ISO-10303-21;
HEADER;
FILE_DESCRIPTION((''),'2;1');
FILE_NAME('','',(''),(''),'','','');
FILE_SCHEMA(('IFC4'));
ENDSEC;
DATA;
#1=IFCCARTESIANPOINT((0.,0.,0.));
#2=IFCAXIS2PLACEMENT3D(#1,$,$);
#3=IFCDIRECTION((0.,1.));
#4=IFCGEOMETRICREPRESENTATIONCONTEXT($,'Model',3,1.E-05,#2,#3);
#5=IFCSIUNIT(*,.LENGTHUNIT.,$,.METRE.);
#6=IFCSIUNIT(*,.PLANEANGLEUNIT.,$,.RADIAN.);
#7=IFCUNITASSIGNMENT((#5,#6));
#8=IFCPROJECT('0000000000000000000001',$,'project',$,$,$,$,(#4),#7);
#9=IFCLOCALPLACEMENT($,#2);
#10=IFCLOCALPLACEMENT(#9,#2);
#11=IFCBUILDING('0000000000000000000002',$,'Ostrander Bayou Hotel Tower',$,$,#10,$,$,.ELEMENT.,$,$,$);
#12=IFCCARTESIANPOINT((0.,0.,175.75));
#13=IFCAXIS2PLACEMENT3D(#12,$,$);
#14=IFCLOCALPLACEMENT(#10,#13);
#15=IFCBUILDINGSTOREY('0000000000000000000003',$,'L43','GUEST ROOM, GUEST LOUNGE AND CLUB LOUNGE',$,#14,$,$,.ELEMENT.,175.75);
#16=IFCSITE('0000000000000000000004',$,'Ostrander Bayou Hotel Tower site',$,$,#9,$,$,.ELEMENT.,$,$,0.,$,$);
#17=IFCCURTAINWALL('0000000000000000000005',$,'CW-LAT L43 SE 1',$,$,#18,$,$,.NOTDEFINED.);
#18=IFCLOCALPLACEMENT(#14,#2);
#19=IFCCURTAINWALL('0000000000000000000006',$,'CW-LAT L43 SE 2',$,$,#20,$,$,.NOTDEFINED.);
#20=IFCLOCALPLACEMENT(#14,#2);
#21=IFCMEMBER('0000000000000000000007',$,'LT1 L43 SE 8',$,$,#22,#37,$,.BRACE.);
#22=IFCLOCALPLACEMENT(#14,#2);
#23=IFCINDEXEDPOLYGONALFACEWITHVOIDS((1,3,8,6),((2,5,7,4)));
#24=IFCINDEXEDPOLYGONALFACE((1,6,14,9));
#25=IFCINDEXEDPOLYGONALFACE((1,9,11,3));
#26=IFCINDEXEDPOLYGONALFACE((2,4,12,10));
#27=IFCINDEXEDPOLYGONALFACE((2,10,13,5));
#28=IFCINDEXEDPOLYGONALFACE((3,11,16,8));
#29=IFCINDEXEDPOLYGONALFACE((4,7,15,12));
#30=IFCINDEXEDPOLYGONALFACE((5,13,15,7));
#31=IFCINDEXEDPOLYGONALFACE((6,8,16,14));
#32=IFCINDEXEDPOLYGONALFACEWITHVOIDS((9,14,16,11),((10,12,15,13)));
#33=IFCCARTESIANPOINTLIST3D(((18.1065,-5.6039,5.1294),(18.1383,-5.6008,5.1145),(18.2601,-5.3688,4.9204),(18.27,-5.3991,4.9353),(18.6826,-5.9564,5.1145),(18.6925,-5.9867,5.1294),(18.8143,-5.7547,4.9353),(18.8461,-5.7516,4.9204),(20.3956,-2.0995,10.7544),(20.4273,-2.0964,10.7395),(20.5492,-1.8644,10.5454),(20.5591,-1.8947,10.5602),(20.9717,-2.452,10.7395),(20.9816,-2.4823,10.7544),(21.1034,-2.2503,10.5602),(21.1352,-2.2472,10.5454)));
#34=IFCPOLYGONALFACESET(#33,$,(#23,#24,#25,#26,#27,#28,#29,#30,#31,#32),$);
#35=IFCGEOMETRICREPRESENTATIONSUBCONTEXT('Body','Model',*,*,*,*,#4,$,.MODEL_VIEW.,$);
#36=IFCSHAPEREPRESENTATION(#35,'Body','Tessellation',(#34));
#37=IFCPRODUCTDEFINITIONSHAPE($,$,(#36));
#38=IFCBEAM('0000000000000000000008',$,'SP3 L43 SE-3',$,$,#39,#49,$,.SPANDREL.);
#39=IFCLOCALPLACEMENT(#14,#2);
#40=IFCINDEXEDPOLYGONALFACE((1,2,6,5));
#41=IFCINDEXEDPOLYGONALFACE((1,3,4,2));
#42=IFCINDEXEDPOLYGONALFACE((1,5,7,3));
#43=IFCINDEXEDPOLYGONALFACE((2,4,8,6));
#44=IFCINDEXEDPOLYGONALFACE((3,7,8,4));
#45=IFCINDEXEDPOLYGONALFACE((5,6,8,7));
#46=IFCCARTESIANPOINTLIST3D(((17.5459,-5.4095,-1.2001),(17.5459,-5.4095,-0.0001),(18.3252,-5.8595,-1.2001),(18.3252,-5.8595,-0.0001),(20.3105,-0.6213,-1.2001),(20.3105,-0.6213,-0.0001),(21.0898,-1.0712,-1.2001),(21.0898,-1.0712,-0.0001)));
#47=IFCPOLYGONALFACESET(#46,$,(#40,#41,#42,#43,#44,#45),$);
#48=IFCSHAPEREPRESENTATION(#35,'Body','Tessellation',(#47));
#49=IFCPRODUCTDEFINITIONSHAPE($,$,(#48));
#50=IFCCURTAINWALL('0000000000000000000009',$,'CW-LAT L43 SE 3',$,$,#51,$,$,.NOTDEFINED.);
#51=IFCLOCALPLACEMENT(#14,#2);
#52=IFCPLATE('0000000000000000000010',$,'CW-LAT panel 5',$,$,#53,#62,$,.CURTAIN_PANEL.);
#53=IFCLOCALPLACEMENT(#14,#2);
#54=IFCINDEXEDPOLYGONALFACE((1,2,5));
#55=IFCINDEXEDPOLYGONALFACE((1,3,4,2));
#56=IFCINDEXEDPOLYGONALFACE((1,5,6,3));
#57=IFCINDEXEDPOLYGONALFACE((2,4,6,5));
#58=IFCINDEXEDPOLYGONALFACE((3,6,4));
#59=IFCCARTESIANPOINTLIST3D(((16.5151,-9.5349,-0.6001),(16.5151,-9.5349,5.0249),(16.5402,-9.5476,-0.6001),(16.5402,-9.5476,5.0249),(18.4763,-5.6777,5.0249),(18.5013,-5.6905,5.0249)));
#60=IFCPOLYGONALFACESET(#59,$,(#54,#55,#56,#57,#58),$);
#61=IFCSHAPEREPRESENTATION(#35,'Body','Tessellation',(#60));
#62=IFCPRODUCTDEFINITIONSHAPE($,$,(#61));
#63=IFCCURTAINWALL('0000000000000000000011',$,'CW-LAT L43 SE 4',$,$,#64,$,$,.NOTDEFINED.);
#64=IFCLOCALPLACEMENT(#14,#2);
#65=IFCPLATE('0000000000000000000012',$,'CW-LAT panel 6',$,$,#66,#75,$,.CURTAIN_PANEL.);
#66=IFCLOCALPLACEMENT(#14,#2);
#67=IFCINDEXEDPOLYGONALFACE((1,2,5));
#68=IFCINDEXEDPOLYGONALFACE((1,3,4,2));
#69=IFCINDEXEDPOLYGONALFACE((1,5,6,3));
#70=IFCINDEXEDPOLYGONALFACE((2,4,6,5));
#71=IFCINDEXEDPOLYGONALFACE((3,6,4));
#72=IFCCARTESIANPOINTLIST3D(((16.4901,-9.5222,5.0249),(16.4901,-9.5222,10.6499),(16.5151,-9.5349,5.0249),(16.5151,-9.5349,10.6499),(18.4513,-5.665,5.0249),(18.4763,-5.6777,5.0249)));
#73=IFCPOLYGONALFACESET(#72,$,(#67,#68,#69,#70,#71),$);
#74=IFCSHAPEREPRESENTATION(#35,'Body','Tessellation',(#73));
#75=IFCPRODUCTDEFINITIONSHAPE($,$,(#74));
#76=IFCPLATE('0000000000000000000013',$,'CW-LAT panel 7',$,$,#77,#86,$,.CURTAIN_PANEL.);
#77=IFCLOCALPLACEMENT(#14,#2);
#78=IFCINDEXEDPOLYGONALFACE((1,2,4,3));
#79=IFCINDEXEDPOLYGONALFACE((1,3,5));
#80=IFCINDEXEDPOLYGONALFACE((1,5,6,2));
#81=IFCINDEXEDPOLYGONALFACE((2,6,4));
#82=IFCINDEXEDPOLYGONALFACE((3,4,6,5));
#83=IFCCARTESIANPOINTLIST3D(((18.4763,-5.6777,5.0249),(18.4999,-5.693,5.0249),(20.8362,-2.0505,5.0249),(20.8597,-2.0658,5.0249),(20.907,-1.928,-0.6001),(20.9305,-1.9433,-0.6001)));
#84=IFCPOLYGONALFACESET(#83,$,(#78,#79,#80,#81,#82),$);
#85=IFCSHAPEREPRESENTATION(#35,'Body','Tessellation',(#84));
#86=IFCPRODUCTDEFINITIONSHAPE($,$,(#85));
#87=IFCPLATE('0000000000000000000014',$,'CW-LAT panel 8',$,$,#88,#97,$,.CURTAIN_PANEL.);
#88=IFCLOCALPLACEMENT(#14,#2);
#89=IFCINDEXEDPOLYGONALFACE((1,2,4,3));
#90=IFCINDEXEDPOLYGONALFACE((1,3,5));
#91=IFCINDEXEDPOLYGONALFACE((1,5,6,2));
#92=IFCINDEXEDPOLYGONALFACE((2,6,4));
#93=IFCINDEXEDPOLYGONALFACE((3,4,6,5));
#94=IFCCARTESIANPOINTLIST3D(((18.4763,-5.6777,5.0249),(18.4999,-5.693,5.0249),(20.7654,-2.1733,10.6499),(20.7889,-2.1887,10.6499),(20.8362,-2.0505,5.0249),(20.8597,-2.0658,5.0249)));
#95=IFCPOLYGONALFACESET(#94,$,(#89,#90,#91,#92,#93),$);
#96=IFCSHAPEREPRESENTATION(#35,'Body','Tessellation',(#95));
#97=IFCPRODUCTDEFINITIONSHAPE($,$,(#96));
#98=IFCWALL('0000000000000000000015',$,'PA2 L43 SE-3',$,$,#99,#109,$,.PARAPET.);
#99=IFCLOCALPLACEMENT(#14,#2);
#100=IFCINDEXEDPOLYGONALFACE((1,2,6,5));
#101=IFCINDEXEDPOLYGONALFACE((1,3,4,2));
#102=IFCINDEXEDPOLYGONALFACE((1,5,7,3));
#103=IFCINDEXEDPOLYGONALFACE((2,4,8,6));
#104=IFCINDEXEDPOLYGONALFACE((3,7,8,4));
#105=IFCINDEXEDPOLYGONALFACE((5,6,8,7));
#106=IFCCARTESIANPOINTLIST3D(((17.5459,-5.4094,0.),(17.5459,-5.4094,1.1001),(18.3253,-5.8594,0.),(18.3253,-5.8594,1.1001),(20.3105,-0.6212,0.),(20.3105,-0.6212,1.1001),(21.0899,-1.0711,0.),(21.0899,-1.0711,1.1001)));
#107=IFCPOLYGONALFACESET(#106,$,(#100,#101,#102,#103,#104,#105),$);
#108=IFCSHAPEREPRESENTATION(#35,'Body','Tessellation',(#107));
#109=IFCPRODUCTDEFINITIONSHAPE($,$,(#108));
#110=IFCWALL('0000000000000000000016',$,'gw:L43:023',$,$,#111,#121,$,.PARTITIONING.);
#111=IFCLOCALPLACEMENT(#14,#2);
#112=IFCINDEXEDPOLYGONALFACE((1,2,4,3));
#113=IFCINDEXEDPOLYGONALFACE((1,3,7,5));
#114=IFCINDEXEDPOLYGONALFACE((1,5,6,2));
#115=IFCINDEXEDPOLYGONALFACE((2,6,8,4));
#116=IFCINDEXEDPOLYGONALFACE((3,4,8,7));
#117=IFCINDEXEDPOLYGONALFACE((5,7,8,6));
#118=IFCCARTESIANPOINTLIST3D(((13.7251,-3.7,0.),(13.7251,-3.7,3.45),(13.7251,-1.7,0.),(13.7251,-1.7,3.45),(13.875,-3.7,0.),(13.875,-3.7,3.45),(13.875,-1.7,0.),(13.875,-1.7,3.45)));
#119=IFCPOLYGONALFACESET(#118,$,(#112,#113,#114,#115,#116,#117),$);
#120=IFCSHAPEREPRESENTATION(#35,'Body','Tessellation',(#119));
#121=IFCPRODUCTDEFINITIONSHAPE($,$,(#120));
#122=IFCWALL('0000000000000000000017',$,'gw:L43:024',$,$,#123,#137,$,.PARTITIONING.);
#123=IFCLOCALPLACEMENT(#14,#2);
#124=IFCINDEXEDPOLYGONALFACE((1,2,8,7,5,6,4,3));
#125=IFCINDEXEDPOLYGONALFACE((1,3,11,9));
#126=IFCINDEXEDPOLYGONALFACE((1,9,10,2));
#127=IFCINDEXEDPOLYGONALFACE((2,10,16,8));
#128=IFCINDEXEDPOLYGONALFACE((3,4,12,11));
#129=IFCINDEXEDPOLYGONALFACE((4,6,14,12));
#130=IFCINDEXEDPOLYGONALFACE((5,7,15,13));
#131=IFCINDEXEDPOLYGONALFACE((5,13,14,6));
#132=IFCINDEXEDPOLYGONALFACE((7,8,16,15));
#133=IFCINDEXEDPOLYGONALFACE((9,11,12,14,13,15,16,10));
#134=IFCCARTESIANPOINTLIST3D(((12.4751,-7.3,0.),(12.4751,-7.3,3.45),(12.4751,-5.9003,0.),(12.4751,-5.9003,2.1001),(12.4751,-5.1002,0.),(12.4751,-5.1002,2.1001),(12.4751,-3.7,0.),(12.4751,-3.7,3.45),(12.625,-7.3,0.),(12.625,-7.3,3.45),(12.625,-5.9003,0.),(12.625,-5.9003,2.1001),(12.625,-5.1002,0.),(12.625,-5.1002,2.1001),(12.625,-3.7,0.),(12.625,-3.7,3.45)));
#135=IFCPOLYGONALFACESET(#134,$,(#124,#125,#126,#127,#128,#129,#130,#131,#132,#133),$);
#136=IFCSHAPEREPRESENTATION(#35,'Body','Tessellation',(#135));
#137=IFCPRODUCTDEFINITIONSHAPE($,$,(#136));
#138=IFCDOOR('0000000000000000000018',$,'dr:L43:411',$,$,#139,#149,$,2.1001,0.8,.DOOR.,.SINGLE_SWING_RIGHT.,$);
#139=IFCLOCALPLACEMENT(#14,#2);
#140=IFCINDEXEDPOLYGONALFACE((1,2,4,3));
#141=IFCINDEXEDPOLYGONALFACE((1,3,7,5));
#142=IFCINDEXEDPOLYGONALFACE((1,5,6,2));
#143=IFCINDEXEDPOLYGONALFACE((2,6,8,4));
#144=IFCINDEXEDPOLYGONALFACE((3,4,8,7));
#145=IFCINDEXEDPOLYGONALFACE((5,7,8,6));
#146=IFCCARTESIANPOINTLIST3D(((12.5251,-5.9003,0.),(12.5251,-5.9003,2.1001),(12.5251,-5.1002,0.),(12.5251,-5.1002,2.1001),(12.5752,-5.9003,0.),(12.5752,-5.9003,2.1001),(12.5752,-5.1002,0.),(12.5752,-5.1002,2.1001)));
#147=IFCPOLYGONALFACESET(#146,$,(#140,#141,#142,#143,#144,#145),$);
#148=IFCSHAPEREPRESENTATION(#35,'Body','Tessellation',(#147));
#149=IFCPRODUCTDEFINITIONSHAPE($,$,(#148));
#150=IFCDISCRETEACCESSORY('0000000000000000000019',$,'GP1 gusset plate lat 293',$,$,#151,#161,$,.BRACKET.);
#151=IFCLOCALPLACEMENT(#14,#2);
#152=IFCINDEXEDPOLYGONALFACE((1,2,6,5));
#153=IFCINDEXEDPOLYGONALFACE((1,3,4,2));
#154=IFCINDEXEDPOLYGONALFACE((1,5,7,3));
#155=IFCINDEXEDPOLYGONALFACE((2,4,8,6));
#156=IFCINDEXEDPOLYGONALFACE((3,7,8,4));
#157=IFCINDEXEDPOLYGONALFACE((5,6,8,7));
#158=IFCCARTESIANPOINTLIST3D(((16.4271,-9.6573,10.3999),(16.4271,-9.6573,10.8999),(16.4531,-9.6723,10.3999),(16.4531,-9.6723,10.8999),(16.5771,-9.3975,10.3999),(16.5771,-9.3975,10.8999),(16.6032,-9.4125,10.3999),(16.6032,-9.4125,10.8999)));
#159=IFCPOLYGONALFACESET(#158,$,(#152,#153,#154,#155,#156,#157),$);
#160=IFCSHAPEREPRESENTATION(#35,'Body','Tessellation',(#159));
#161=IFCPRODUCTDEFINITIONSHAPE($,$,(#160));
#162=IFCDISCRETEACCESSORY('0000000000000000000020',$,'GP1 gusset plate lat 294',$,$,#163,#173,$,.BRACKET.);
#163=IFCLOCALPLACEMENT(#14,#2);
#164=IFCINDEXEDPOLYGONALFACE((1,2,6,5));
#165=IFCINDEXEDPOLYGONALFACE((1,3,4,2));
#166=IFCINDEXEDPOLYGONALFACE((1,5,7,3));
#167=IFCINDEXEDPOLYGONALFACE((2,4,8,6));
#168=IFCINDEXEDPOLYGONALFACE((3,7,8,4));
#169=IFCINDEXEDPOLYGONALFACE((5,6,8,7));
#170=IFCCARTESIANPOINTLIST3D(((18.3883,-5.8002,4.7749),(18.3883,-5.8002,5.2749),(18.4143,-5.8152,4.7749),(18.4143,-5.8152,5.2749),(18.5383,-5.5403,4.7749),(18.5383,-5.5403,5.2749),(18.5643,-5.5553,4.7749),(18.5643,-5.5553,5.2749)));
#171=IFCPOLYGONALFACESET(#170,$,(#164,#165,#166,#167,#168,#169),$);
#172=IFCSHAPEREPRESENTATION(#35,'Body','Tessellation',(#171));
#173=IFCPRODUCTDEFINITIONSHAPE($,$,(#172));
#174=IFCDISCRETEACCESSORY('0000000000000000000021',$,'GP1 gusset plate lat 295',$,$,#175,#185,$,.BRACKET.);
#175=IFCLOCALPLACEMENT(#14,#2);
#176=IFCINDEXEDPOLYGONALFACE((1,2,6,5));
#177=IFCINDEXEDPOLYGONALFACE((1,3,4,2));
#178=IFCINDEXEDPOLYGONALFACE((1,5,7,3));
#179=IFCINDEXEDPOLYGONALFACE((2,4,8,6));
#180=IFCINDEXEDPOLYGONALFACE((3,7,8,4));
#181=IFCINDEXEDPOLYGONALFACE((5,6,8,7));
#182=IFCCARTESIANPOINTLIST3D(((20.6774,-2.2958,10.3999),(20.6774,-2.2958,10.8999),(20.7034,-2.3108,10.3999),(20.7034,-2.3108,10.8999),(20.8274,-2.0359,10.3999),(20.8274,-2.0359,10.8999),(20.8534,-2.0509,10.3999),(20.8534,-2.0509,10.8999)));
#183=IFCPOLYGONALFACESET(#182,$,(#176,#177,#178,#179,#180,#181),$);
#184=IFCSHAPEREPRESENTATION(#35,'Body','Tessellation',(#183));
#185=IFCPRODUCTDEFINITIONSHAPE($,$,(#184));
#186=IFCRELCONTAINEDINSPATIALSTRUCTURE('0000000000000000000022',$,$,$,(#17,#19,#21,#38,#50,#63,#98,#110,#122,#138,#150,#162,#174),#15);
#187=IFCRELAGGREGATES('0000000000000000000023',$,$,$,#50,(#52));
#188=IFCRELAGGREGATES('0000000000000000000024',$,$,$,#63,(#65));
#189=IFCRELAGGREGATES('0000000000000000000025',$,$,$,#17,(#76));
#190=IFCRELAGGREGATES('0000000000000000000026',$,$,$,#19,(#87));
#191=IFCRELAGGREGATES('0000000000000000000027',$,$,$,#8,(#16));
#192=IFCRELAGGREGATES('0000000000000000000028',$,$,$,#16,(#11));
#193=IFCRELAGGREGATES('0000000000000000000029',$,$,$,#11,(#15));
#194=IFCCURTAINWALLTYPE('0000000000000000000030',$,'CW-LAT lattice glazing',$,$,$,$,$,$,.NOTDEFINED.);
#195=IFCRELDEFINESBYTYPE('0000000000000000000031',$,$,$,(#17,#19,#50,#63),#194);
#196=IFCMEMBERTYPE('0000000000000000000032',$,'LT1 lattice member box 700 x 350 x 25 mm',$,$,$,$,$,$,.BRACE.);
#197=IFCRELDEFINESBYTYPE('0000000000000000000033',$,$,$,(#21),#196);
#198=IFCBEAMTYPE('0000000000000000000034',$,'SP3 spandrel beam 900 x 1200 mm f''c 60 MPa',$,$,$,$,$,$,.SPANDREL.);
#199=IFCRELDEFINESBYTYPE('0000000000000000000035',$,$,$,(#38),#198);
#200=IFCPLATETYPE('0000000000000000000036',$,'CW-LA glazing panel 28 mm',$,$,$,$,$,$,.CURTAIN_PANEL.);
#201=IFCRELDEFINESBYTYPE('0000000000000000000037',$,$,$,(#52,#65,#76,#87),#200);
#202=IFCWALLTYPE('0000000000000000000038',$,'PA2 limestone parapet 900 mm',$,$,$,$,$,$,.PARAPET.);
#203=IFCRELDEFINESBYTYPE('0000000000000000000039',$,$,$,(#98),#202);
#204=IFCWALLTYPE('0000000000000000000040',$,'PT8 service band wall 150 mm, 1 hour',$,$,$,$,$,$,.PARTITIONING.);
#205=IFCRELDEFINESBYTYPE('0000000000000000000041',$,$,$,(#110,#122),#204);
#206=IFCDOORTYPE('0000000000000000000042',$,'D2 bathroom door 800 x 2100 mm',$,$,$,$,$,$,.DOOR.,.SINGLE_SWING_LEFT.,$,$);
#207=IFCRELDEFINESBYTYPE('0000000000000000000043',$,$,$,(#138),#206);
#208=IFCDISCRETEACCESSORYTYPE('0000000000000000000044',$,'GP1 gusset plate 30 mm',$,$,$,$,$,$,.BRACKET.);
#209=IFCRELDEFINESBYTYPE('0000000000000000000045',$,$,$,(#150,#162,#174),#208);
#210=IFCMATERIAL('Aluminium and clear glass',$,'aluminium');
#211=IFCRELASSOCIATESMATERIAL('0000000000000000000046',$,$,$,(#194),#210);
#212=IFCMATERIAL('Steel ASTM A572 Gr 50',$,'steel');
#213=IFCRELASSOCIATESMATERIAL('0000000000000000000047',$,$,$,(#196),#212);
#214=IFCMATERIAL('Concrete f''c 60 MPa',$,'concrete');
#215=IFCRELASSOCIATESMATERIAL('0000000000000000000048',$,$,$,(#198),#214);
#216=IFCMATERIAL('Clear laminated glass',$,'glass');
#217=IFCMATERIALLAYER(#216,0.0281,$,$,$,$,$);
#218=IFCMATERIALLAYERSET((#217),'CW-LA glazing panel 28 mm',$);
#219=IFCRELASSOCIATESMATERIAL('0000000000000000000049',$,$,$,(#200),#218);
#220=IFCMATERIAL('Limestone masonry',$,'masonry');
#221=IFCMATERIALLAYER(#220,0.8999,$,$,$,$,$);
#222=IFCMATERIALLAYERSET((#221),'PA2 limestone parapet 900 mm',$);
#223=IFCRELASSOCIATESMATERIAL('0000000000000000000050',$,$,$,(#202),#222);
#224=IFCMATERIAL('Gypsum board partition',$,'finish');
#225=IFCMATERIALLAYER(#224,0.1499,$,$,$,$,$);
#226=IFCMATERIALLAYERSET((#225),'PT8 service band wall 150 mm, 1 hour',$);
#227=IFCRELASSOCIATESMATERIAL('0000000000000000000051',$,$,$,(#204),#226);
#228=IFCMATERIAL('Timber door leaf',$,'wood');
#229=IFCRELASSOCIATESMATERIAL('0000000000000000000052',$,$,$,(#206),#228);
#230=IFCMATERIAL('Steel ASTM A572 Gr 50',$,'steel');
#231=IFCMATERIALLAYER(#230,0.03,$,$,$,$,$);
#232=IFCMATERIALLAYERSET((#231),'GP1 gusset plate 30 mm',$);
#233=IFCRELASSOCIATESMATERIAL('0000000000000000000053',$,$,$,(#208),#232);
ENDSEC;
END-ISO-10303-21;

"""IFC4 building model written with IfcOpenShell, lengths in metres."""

from ifc_helpers import new_model, si_unit, direction, frame, frame_2d, origin, origin_2d, place, context, subcontext, project, spatial, polyline, rectangle, hollow_rectangle, outline, extrude, material, layer, layer_set, material_profile, profile_set, type_object, element, fill, aggregate, save


model = new_model("IFC4")

# Units and contexts
model_context = context("Model", 3, precision=1e-05, world=origin(), true_north=direction((0.0, 1.0)))
body_context = subcontext(model_context, "Body", "Model", "MODEL_VIEW")
ifc_project = project(units=[si_unit("LENGTHUNIT", "METRE"), si_unit("PLANEANGLEUNIT", "RADIAN")], contexts=[model_context])

# Site, building, storey
site_placement = place(None, origin())
site = spatial("IfcSite", under=ifc_project, at=site_placement, Name="Ostrander Bayou Hotel Tower site", CompositionType="ELEMENT", RefElevation=0.0)
building_placement = place(site_placement, origin())
building = spatial("IfcBuilding", under=site, at=building_placement, Name="Ostrander Bayou Hotel Tower", CompositionType="ELEMENT")
storey_placement = place(building_placement, frame((0.0, 0.0, 175.75)))
storey = spatial("IfcBuildingStorey", under=building, at=storey_placement, Name="L43", Description="GUEST ROOM, GUEST LOUNGE AND CLUB LOUNGE", CompositionType="ELEMENT", Elevation=175.75)

# Curtain walls
ifc_material_1 = material(Name="Aluminium and clear glass", Category="aluminium")
curtain_wall_type = type_object("IfcCurtainWallType", Name="CW-LAT lattice glazing", PredefinedType="NOTDEFINED", material=ifc_material_1)
curtain_wall_1_placement = place(storey_placement, origin())
curtain_wall_1 = element("IfcCurtainWall", 1, at=curtain_wall_1_placement, inside=storey, type_object=curtain_wall_type, Name="CW-LAT L43 SE 1", PredefinedType="NOTDEFINED")
curtain_wall_2_placement = place(storey_placement, origin())
curtain_wall_2 = element("IfcCurtainWall", 2, at=curtain_wall_2_placement, inside=storey, type_object=curtain_wall_type, Name="CW-LAT L43 SE 2", PredefinedType="NOTDEFINED")

# Member
ifc_material_2 = material(Name="Steel ASTM A572 Gr 50", Category="steel")
ifc_material_profile_1 = material_profile(ifc_material_2, hollow_rectangle(XDim=0.7, YDim=0.3501, WallThickness=0.0249, at=origin_2d()))
ifc_profile_set_1 = profile_set([ifc_material_profile_1], Name="Steel ASTM A572 Gr 50")
member_type_1 = type_object("IfcMemberType", Name="LT1 lattice member box 700 x 350 x 25 mm", PredefinedType="BRACE", material=ifc_profile_set_1)
member_1_placement = place(storey_placement, frame((18.4763, -5.6777, 5.0249), z_axis=(0.326472, 0.499806, 0.802253), x_axis=(-0.837218, 0.546869, 0.0)))
element("IfcMember", 3, at=member_1_placement, inside=storey, type_object=member_type_1, Name="LT1 L43 SE 8", PredefinedType="BRACE", context=body_context, shape_type="SweptSolid", body=[
    extrude(hollow_rectangle(XDim=0.7, YDim=0.3501, WallThickness=0.0249, at=origin_2d()), origin(), (0.0, 0.0, 1.0), 7.0115),
])

# Beam
ifc_material_3 = material(Name="Concrete f'c 60 MPa", Category="concrete")
ifc_material_profile_2 = material_profile(ifc_material_3, rectangle(XDim=0.8999, YDim=1.2, at=origin_2d()))
ifc_profile_set_2 = profile_set([ifc_material_profile_2], Name="Concrete f'c 60 MPa")
beam_type_1 = type_object("IfcBeamType", Name="SP3 spandrel beam 900 x 1200 mm f'c 60 MPa", PredefinedType="SPANDREL", material=ifc_profile_set_2)
beam_1_placement = place(storey_placement, frame((17.9355, -5.6345, -0.6001), z_axis=(0.500014, 0.866017, 0.0), x_axis=(-0.866017, 0.500014, 0.0)))
element("IfcBeam", 4, at=beam_1_placement, inside=storey, type_object=beam_type_1, Name="SP3 L43 SE-3", PredefinedType="SPANDREL", context=body_context, shape_type="SweptSolid", body=[
    extrude(rectangle(XDim=0.8999, YDim=1.2, at=origin_2d()), origin(), (0.0, 0.0, 1.0), 5.5291),
])

# Curtain walls, plates
curtain_wall_3_placement = place(storey_placement, origin())
curtain_wall_3 = element("IfcCurtainWall", 5, at=curtain_wall_3_placement, inside=storey, type_object=curtain_wall_type, Name="CW-LAT L43 SE 3", PredefinedType="NOTDEFINED")
ifc_material_4 = material(Name="Clear laminated glass", Category="glass")
ifc_layer_1 = layer(ifc_material_4, 0.0281)
ifc_layer_set_1 = layer_set([ifc_layer_1], Name="CW-LA glazing panel 28 mm")
plate_type = type_object("IfcPlateType", Name="CW-LA glazing panel 28 mm", PredefinedType="CURTAIN_PANEL", material=ifc_layer_set_1)
plate_1_placement = place(storey_placement, frame((18.4763, -5.6777, 5.0249), z_axis=(-0.891394, 0.453229, 0.0), x_axis=(-0.276347, -0.543509, -0.79261)))
plate_1 = element("IfcPlate", 6, at=plate_1_placement, type_object=plate_type, Name="CW-LAT panel 5", PredefinedType="CURTAIN_PANEL", context=body_context, shape_type="SweptSolid", body=[
    extrude(outline(polyline([(0.0, 0.0), (7.0968, 0.0), (2.6384, 3.4297), (0.0, 0.0)])), origin(), (0.0, 0.0, -1.0), 0.0281),
])
aggregate(curtain_wall_3, [plate_1])
curtain_wall_4_placement = place(storey_placement, origin())
curtain_wall_4 = element("IfcCurtainWall", 7, at=curtain_wall_4_placement, inside=storey, type_object=curtain_wall_type, Name="CW-LAT L43 SE 4", PredefinedType="NOTDEFINED")
plate_2_placement = place(storey_placement, frame((18.4763, -5.6777, 5.0249), z_axis=(0.891394, -0.453229, 0.0), x_axis=(-0.276347, -0.543509, 0.79261)))
plate_2 = element("IfcPlate", 8, at=plate_2_placement, type_object=plate_type, Name="CW-LAT panel 6", PredefinedType="CURTAIN_PANEL", context=body_context, shape_type="SweptSolid", body=[
    extrude(outline(polyline([(0.0, 0.0), (7.0968, 0.0), (2.6384, 3.4297), (0.0, 0.0)])), origin(), (0.0, 0.0, -1.0), 0.0281),
])
aggregate(curtain_wall_4, [plate_2])

# Plates
plate_3_placement = place(storey_placement, frame((18.4763, -5.6777, 5.0249), z_axis=(-0.838212, 0.545343, 0.001332), x_axis=(0.338346, 0.521962, -0.782993)))
plate_3 = element("IfcPlate", 9, at=plate_3_placement, type_object=plate_type, Name="CW-LAT panel 7", PredefinedType="CURTAIN_PANEL", context=body_context, shape_type="SweptSolid", body=[
    extrude(outline(polyline([(0.0, 0.0), (7.184, 0.0), (2.6917, -3.3882), (0.0, 0.0)])), origin(), (0.0, 0.0, -1.0), 0.0281),
])
aggregate(curtain_wall_1, [plate_3])
plate_4_placement = place(storey_placement, frame((18.4763, -5.6777, 5.0249), z_axis=(-0.838212, 0.545343, 0.001355), x_axis=(0.326472, 0.499806, 0.802253)))
plate_4 = element("IfcPlate", 10, at=plate_4_placement, type_object=plate_type, Name="CW-LAT panel 8", PredefinedType="CURTAIN_PANEL", context=body_context, shape_type="SweptSolid", body=[
    extrude(outline(polyline([(0.0, 0.0), (7.0115, 0.0), (2.5833, 3.4716), (0.0, 0.0)])), origin(), (0.0, 0.0, -1.0), 0.0281),
])
aggregate(curtain_wall_2, [plate_4])

# Walls
ifc_material_5 = material(Name="Limestone masonry", Category="masonry")
ifc_layer_2 = layer(ifc_material_5, 0.8999)
ifc_layer_set_2 = layer_set([ifc_layer_2], Name="PA2 limestone parapet 900 mm")
wall_type_1 = type_object("IfcWallType", Name="PA2 limestone parapet 900 mm", PredefinedType="PARAPET", material=ifc_layer_set_2)
wall_1_placement = place(storey_placement, frame((17.9355, -5.6345, 0.0), z_axis=(0.0, 0.0, 1.0), x_axis=(0.500014, 0.866017, 0.0)))
element("IfcWall", 11, at=wall_1_placement, inside=storey, type_object=wall_type_1, Name="PA2 L43 SE-3", PredefinedType="PARAPET", context=body_context, shape_type="SweptSolid", body=[
    extrude(rectangle(XDim=5.5291, YDim=0.8999, at=frame_2d((2.7646, 0.0))), origin(), (0.0, 0.0, 1.0), 1.1001),
])
ifc_material_6 = material(Name="Gypsum board partition", Category="finish")
ifc_layer_3 = layer(ifc_material_6, 0.1499)
ifc_layer_set_3 = layer_set([ifc_layer_3], Name="PT8 service band wall 150 mm, 1 hour")
wall_type_2 = type_object("IfcWallType", Name="PT8 service band wall 150 mm, 1 hour", PredefinedType="PARTITIONING", material=ifc_layer_set_3)
wall_2_placement = place(storey_placement, frame((13.8, -3.7, 0.0), z_axis=(0.0, 0.0, 1.0), x_axis=(0.0, 1.0, 0.0)))
element("IfcWall", 12, at=wall_2_placement, inside=storey, type_object=wall_type_2, Name="gw:L43:023", PredefinedType="PARTITIONING", context=body_context, shape_type="SweptSolid", body=[
    extrude(rectangle(XDim=2.0, YDim=0.1499, at=frame_2d((1.0, 0.0))), origin(), (0.0, 0.0, 1.0), 3.45),
])

# Wall, opening, door
wall_3_placement = place(storey_placement, frame((12.55, -7.3, 0.0), z_axis=(0.0, 0.0, 1.0), x_axis=(0.0, 1.0, 0.0)))
wall_3 = element("IfcWall", 13, at=wall_3_placement, inside=storey, type_object=wall_type_2, Name="gw:L43:024", PredefinedType="PARTITIONING", context=body_context, shape_type="SweptSolid", body=[
    extrude(rectangle(XDim=3.6001, YDim=0.1499, at=frame_2d((1.8, 0.0))), origin(), (0.0, 0.0, 1.0), 3.45),
])
opening_placement = place(wall_3_placement, frame((1.3999, 0.0, 0.0)))
opening = element("IfcOpeningElement", 14, at=opening_placement, cuts=wall_3, PredefinedType="OPENING", context=body_context, shape_type="SweptSolid", body=[
    extrude(rectangle(XDim=0.8, YDim=2.1001, at=frame_2d((0.3999, 1.05))), frame((0.0, 0.075, 0.0), z_axis=(0.0, -1.0, 0.0), x_axis=(1.0, 0.0, 0.0)), (0.0, 0.0, 1.0), 0.1499),
])
ifc_material_7 = material(Name="Timber door leaf", Category="wood")
door_type = type_object("IfcDoorType", Name="D2 bathroom door 800 x 2100 mm", OperationType="SINGLE_SWING_LEFT", PredefinedType="DOOR", material=ifc_material_7)
door_placement = place(opening_placement, origin())
door = element("IfcDoor", 15, at=door_placement, inside=storey, type_object=door_type, Name="dr:L43:411", OperationType="SINGLE_SWING_RIGHT", OverallHeight=2.1001, OverallWidth=0.8, PredefinedType="DOOR", context=body_context, shape_type="SweptSolid", body=[
    extrude(rectangle(XDim=0.8, YDim=2.1001, at=frame_2d((0.3999, 1.05))), frame((0.0, 0.0249, 0.0), z_axis=(0.0, -1.0, 0.0), x_axis=(1.0, 0.0, 0.0)), (0.0, 0.0, 1.0), 0.05),
])
fill(opening, door)

# Discrete accessories
ifc_material_8 = material(Name="Steel ASTM A572 Gr 50", Category="steel")
ifc_layer_4 = layer(ifc_material_8, 0.03)
ifc_layer_set_4 = layer_set([ifc_layer_4], Name="GP1 gusset plate 30 mm")
discrete_accessory_type = type_object("IfcDiscreteAccessoryType", Name="GP1 gusset plate 30 mm", PredefinedType="BRACKET", material=ifc_layer_set_4)
for number, where, z_axis, x_axis, name in (
    (16, (16.5151, -9.5349, 10.3999), (0.0, 0.0, 1.0), (0.5, 0.866025, 0.0), "GP1 gusset plate lat 293"),
    (17, (18.4763, -5.6777, 4.7749), (0.0, 0.0, 1.0), (0.5, 0.866025, 0.0), "GP1 gusset plate lat 294"),
    (18, (20.7654, -2.1733, 10.3999), (0.0, 0.0, 1.0), (0.5, 0.866025, 0.0), "GP1 gusset plate lat 295"),
):
    element("IfcDiscreteAccessory", number, at=place(storey_placement, frame(where, z_axis=z_axis, x_axis=x_axis)), inside=storey, type_object=discrete_accessory_type, Name=name, PredefinedType="BRACKET", context=body_context, shape_type="SweptSolid", body=[
        extrude(rectangle(XDim=0.3, YDim=0.03, at=origin_2d()), origin(), (0.0, 0.0, 1.0), 0.5),
    ])

save(model, "model.ifc")
